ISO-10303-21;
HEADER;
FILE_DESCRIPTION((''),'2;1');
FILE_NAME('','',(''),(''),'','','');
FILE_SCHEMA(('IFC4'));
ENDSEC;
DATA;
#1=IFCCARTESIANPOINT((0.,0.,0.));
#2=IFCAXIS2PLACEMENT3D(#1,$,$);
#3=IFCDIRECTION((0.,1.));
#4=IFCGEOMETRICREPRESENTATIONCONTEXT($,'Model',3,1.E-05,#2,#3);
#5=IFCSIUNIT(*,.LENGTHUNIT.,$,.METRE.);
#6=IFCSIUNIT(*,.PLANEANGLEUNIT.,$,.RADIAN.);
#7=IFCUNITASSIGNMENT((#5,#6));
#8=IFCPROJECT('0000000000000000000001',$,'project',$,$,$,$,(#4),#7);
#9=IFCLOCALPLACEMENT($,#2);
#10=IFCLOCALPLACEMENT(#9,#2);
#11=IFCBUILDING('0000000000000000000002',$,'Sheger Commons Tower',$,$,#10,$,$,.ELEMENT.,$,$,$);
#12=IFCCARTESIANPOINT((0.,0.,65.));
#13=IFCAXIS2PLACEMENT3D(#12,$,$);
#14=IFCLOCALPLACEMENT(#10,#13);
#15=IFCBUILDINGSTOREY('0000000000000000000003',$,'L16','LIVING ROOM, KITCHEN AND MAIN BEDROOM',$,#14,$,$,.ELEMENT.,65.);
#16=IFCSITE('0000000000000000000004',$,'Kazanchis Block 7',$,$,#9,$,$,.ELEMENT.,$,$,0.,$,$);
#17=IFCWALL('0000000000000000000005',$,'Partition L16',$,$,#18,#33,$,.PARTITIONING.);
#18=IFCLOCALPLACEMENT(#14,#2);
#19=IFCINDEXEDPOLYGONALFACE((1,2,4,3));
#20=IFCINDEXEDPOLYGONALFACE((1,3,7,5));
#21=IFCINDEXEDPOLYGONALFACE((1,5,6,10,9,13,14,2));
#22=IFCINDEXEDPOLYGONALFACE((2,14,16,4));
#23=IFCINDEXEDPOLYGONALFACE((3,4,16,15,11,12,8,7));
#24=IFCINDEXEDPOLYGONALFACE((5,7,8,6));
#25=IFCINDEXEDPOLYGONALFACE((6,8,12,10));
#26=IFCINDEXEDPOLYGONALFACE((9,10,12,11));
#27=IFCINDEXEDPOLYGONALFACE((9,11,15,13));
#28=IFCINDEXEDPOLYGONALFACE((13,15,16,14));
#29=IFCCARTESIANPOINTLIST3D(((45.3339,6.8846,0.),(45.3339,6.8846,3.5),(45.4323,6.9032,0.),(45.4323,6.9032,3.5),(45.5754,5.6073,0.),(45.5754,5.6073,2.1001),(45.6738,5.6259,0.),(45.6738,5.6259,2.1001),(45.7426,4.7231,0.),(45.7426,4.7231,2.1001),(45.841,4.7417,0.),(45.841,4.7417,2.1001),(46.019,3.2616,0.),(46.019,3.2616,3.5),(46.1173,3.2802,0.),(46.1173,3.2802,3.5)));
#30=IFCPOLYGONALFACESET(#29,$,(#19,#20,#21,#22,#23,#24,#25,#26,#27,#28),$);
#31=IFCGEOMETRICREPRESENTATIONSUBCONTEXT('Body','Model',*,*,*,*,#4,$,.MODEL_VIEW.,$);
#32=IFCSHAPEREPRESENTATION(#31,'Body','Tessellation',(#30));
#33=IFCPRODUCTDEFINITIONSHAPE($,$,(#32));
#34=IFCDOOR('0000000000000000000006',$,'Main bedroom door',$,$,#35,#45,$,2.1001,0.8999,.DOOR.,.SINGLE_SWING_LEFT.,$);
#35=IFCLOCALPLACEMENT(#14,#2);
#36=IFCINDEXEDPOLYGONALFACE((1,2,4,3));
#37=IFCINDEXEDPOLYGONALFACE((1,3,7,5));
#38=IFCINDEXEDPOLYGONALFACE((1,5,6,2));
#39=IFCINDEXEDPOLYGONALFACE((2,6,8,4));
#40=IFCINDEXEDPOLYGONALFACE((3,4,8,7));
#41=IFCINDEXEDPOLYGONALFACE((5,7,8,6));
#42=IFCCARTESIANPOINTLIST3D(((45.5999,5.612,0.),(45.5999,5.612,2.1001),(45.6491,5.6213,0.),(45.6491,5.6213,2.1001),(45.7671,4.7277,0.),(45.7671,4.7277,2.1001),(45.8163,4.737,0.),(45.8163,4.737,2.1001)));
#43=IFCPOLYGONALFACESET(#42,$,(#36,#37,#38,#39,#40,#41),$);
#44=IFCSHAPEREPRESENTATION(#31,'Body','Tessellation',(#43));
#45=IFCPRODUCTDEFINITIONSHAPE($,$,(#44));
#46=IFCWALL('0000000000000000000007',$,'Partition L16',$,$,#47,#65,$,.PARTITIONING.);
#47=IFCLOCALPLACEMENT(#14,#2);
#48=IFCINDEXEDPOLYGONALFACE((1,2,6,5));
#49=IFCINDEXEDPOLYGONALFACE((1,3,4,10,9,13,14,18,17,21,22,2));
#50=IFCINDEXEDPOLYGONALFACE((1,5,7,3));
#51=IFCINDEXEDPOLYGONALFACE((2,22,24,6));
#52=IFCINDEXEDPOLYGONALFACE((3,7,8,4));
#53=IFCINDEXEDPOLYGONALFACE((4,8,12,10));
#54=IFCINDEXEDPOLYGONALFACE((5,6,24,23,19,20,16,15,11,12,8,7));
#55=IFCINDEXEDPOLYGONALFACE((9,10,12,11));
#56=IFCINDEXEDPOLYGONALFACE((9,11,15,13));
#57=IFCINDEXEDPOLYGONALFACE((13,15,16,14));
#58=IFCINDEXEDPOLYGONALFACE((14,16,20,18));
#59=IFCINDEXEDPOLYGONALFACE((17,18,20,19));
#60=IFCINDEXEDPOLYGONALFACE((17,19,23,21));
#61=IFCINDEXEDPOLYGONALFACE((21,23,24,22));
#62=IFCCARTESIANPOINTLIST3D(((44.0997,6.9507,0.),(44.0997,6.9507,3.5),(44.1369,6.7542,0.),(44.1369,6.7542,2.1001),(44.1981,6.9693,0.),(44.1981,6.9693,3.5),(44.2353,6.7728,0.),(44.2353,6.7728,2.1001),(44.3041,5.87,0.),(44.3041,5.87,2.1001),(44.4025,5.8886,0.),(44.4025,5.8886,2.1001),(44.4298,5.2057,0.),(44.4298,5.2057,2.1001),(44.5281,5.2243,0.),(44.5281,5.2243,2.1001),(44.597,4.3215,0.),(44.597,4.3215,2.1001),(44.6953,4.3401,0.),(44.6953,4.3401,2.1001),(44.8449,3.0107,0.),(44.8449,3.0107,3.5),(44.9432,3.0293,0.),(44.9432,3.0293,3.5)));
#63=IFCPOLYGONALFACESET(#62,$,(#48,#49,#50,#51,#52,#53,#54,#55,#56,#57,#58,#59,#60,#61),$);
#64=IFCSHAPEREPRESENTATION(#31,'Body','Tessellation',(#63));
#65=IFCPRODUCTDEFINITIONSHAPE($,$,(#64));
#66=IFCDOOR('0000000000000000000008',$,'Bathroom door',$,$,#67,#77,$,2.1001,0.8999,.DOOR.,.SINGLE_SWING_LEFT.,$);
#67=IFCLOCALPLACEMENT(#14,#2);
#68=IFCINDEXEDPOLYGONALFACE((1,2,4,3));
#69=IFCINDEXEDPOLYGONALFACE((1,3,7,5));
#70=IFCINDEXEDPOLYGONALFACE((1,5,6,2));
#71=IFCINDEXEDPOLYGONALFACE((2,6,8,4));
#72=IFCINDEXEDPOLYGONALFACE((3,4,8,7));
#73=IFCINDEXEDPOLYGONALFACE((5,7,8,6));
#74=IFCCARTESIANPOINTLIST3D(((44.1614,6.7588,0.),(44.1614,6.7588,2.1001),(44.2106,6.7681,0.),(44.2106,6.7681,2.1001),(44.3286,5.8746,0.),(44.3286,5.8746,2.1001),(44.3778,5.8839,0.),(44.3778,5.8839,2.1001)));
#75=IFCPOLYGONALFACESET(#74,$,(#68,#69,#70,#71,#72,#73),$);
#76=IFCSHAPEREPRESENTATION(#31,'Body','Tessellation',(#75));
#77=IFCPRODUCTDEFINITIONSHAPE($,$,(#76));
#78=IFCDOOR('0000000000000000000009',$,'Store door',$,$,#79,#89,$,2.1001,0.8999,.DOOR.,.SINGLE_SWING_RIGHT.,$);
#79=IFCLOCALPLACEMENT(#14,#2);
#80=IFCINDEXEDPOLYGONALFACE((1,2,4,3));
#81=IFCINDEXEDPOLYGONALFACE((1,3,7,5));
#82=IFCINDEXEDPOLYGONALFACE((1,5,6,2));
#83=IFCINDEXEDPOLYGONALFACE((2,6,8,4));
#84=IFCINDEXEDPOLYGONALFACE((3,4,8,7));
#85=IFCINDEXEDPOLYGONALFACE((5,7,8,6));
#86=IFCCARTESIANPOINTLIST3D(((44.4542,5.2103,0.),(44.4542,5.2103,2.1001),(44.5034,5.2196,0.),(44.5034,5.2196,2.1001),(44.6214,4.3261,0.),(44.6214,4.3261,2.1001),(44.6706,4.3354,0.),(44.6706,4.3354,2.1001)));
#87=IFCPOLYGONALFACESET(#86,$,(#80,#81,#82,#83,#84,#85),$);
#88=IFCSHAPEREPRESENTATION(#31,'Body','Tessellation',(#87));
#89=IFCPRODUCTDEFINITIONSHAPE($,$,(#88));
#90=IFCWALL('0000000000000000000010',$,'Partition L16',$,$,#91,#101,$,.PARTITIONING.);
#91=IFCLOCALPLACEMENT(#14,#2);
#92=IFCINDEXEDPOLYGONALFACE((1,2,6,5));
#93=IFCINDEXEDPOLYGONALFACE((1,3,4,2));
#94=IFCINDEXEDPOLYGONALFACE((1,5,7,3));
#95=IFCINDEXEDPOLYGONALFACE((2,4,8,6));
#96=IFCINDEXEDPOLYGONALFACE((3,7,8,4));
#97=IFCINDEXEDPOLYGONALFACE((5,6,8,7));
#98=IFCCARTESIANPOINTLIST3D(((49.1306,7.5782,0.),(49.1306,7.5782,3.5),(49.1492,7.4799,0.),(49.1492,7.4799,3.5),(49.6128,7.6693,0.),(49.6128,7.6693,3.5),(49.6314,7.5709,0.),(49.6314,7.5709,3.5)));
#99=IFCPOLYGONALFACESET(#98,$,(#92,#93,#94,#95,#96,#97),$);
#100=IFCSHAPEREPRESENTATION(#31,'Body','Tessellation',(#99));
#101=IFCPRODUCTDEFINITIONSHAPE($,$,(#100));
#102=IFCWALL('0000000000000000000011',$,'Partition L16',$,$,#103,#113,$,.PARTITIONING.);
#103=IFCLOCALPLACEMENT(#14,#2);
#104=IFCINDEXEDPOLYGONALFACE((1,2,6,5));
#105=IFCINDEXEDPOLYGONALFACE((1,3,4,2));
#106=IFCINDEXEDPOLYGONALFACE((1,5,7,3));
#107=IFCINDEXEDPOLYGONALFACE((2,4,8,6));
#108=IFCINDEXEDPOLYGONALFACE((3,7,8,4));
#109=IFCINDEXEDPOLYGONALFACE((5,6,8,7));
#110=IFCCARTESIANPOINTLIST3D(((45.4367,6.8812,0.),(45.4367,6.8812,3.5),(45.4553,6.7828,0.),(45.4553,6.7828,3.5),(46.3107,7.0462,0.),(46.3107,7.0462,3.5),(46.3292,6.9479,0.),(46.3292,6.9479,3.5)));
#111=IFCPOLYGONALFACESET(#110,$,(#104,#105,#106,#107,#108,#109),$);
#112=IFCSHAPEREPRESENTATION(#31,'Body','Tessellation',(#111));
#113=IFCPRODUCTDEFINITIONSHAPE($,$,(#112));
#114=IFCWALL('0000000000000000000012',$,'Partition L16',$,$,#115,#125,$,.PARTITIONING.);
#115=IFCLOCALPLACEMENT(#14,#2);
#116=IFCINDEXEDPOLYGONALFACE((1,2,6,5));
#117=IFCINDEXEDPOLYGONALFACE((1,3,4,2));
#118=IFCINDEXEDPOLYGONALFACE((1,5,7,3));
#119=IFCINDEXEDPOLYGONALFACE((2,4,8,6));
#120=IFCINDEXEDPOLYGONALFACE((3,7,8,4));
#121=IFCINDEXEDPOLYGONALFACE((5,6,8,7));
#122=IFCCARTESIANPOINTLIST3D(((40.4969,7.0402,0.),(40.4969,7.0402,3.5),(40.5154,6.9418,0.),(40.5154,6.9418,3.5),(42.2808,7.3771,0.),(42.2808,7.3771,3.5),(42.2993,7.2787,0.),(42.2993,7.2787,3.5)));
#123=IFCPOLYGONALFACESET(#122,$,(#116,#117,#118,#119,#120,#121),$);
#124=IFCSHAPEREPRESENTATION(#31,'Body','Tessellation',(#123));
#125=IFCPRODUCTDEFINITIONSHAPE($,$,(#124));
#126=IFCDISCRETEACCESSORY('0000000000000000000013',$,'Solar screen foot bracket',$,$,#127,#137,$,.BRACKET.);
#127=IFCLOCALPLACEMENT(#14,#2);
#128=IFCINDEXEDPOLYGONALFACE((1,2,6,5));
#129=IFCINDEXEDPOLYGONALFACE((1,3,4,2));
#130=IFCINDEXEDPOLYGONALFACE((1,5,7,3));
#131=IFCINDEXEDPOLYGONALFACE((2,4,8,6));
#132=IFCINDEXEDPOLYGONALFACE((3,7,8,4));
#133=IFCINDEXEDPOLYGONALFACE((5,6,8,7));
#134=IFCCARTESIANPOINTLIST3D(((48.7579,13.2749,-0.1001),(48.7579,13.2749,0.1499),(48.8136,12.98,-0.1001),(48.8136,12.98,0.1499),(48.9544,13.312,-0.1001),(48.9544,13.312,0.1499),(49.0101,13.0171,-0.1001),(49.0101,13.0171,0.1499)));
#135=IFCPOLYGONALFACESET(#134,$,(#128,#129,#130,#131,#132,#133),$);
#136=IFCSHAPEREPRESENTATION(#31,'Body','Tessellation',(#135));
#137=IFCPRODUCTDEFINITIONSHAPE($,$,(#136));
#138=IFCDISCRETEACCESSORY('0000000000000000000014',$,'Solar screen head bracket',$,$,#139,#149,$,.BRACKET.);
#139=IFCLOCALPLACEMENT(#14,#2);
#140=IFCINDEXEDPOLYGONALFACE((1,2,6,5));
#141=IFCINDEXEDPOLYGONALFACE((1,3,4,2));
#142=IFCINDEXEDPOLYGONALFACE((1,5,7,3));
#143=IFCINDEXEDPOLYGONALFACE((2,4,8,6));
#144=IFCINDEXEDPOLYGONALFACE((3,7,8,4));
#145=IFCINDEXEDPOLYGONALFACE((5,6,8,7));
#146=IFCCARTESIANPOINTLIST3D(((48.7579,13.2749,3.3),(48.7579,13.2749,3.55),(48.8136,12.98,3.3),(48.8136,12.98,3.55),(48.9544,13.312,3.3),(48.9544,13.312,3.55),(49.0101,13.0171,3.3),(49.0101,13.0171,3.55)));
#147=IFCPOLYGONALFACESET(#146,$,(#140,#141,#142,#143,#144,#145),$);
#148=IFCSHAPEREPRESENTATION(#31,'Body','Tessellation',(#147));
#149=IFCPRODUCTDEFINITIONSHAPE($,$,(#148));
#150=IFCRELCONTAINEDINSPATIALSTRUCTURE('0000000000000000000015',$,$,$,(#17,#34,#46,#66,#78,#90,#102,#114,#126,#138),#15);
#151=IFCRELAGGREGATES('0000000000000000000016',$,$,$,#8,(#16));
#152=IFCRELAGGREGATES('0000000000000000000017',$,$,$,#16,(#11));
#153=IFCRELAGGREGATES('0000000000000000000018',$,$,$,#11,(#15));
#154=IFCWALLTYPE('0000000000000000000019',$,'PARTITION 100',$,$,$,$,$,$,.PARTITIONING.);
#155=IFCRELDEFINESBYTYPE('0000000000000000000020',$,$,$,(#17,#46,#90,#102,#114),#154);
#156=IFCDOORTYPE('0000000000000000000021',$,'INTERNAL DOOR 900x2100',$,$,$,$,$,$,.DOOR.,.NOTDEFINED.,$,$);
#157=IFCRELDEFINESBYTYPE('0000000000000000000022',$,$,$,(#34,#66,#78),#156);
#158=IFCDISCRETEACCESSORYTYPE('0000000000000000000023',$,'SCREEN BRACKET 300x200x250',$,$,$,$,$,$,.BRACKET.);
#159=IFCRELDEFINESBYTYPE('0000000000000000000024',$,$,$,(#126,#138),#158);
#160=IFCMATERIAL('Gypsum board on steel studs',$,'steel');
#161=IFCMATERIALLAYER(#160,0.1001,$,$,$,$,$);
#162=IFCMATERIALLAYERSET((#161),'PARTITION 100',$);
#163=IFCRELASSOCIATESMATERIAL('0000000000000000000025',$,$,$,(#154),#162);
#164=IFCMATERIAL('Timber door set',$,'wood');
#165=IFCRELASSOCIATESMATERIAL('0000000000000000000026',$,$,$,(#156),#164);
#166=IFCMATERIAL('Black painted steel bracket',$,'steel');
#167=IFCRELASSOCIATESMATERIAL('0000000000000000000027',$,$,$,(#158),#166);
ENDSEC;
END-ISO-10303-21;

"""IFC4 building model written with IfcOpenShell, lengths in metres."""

from ifc_helpers import new_model, si_unit, direction, frame, frame_2d, origin, origin_2d, place, context, subcontext, project, spatial, rectangle, extrude, material, layer, layer_set, type_object, element, fill, save


model = new_model("IFC4")

# Units and contexts
model_context = context("Model", 3, precision=1e-05, world=origin(), true_north=direction((0.0, 1.0)))
body_context = subcontext(model_context, "Body", "Model", "MODEL_VIEW")
ifc_project = project(units=[si_unit("LENGTHUNIT", "METRE"), si_unit("PLANEANGLEUNIT", "RADIAN")], contexts=[model_context])

# Site, building, storey
site_placement = place(None, origin())
site = spatial("IfcSite", under=ifc_project, at=site_placement, Name="Kazanchis Block 7", CompositionType="ELEMENT", RefElevation=0.0)
building_placement = place(site_placement, origin())
building = spatial("IfcBuilding", under=site, at=building_placement, Name="Sheger Commons Tower", CompositionType="ELEMENT")
storey_placement = place(building_placement, frame((0.0, 0.0, 65.0)))
storey = spatial("IfcBuildingStorey", under=building, at=storey_placement, Name="L16", Description="LIVING ROOM, KITCHEN AND MAIN BEDROOM", CompositionType="ELEMENT", Elevation=65.0)

# Wall, opening, door
ifc_material_1 = material(Name="Gypsum board on steel studs", Category="steel")
ifc_layer_1 = layer(ifc_material_1, 0.1001)
ifc_layer_set_1 = layer_set([ifc_layer_1], Name="PARTITION 100")
wall_type_1 = type_object("IfcWallType", Name="PARTITION 100", PredefinedType="PARTITIONING", material=ifc_layer_set_1)
wall_1_placement = place(storey_placement, frame((45.3831, 6.894, 0.0), z_axis=(0.0, 0.0, 1.0), x_axis=(0.185791, -0.982589, 0.0)))
wall_1 = element("IfcWall", 1, at=wall_1_placement, inside=storey, type_object=wall_type_1, Name="Partition L16", PredefinedType="PARTITIONING", context=body_context, shape_type="SweptSolid", body=[
    extrude(rectangle(XDim=3.6873, YDim=0.1001, at=frame_2d((1.8438, 0.0))), origin(), (0.0, 0.0, 1.0), 3.5),
])
opening_1_placement = place(wall_1_placement, frame((1.3, 0.0, 0.0)))
opening_1 = element("IfcOpeningElement", 2, at=opening_1_placement, cuts=wall_1, PredefinedType="OPENING", context=body_context, shape_type="SweptSolid", body=[
    extrude(rectangle(XDim=0.8999, YDim=2.1001, at=frame_2d((0.45, 1.05))), frame((0.0, 0.0601, 0.0), z_axis=(0.0, -1.0, 0.0), x_axis=(1.0, 0.0, 0.0)), (0.0, 0.0, 1.0), 0.1201),
])
ifc_material_2 = material(Name="Timber door set", Category="wood")
door_type_1 = type_object("IfcDoorType", Name="INTERNAL DOOR 900x2100", OperationType="NOTDEFINED", PredefinedType="DOOR", material=ifc_material_2)
door_1_placement = place(opening_1_placement, origin())
door_1 = element("IfcDoor", 3, at=door_1_placement, inside=storey, type_object=door_type_1, Name="Main bedroom door", OperationType="SINGLE_SWING_LEFT", OverallHeight=2.1001, OverallWidth=0.8999, PredefinedType="DOOR", context=body_context, shape_type="SweptSolid", body=[
    extrude(rectangle(XDim=0.8999, YDim=2.1001, at=frame_2d((0.45, 1.05))), frame((0.0, 0.0249, 0.0), z_axis=(0.0, -1.0, 0.0), x_axis=(1.0, 0.0, 0.0)), (0.0, 0.0, 1.0), 0.05),
])
fill(opening_1, door_1)

# Wall, openings, doors
wall_2_placement = place(storey_placement, frame((44.1489, 6.96, 0.0), z_axis=(0.0, 0.0, 1.0), x_axis=(0.185825, -0.982583, 0.0)))
wall_2 = element("IfcWall", 4, at=wall_2_placement, inside=storey, type_object=wall_type_1, Name="Partition L16", PredefinedType="PARTITIONING", context=body_context, shape_type="SweptSolid", body=[
    extrude(rectangle(XDim=4.0098, YDim=0.1001, at=frame_2d((2.0049, 0.0))), origin(), (0.0, 0.0, 1.0), 3.5),
])
opening_2_placement = place(wall_2_placement, frame((0.2, 0.0, 0.0)))
opening_2 = element("IfcOpeningElement", 5, at=opening_2_placement, cuts=wall_2, PredefinedType="OPENING", context=body_context, shape_type="SweptSolid", body=[
    extrude(rectangle(XDim=0.8999, YDim=2.1001, at=frame_2d((0.45, 1.05))), frame((0.0, 0.0601, 0.0), z_axis=(0.0, -1.0, 0.0), x_axis=(1.0, 0.0, 0.0)), (0.0, 0.0, 1.0), 0.1201),
])
opening_3_placement = place(wall_2_placement, frame((1.7759, 0.0, 0.0)))
opening_3 = element("IfcOpeningElement", 6, at=opening_3_placement, cuts=wall_2, PredefinedType="OPENING", context=body_context, shape_type="SweptSolid", body=[
    extrude(rectangle(XDim=0.8999, YDim=2.1001, at=frame_2d((0.45, 1.05))), frame((0.0, 0.0601, 0.0), z_axis=(0.0, -1.0, 0.0), x_axis=(1.0, 0.0, 0.0)), (0.0, 0.0, 1.0), 0.1201),
])
door_2_placement = place(opening_2_placement, origin())
door_2 = element("IfcDoor", 7, at=door_2_placement, inside=storey, type_object=door_type_1, Name="Bathroom door", OperationType="SINGLE_SWING_LEFT", OverallHeight=2.1001, OverallWidth=0.8999, PredefinedType="DOOR", context=body_context, shape_type="SweptSolid", body=[
    extrude(rectangle(XDim=0.8999, YDim=2.1001, at=frame_2d((0.45, 1.05))), frame((0.0, 0.0249, 0.0), z_axis=(0.0, -1.0, 0.0), x_axis=(1.0, 0.0, 0.0)), (0.0, 0.0, 1.0), 0.05),
])
fill(opening_2, door_2)
door_3_placement = place(opening_3_placement, origin())
door_3 = element("IfcDoor", 8, at=door_3_placement, inside=storey, type_object=door_type_1, Name="Store door", OperationType="SINGLE_SWING_RIGHT", OverallHeight=2.1001, OverallWidth=0.8999, PredefinedType="DOOR", context=body_context, shape_type="SweptSolid", body=[
    extrude(rectangle(XDim=0.8999, YDim=2.1001, at=frame_2d((0.45, 1.05))), frame((0.0, 0.0249, 0.0), z_axis=(0.0, -1.0, 0.0), x_axis=(1.0, 0.0, 0.0)), (0.0, 0.0, 1.0), 0.05),
])
fill(opening_3, door_3)

# Walls
wall_3_placement = place(storey_placement, frame((49.6221, 7.6201, 0.0), z_axis=(0.0, 0.0, 1.0), x_axis=(-0.982629, -0.18558, 0.0)))
element("IfcWall", 9, at=wall_3_placement, inside=storey, type_object=wall_type_1, Name="Partition L16", PredefinedType="PARTITIONING", context=body_context, shape_type="SweptSolid", body=[
    extrude(rectangle(XDim=0.4907, YDim=0.1001, at=frame_2d((0.2454, 0.0))), origin(), (0.0, 0.0, 1.0), 3.5),
])
wall_4_placement = place(storey_placement, frame((46.3201, 6.9971, 0.0), z_axis=(0.0, 0.0, 1.0), x_axis=(-0.982635, -0.185548, 0.0)))
element("IfcWall", 10, at=wall_4_placement, inside=storey, type_object=wall_type_1, Name="Partition L16", PredefinedType="PARTITIONING", context=body_context, shape_type="SweptSolid", body=[
    extrude(rectangle(XDim=0.8894, YDim=0.1001, at=frame_2d((0.4448, 0.0))), origin(), (0.0, 0.0, 1.0), 3.5),
])
wall_5_placement = place(storey_placement, frame((42.29, 7.3279, 0.0), z_axis=(0.0, 0.0, 1.0), x_axis=(-0.982629, -0.185579, 0.0)))
element("IfcWall", 11, at=wall_5_placement, inside=storey, type_object=wall_type_1, Name="Partition L16", PredefinedType="PARTITIONING", context=body_context, shape_type="SweptSolid", body=[
    extrude(rectangle(XDim=1.8154, YDim=0.1001, at=frame_2d((0.9077, 0.0))), origin(), (0.0, 0.0, 1.0), 3.5),
])

# Discrete accessories
ifc_material_3 = material(Name="Black painted steel bracket", Category="steel")
discrete_accessory_type = type_object("IfcDiscreteAccessoryType", Name="SCREEN BRACKET 300x200x250", PredefinedType="BRACKET", material=ifc_material_3)
for number, where, z_axis, x_axis, name in (
    (12, (48.884, 13.146, -0.1001), (0.0, 0.0, 1.0), (-0.185615, 0.982623, 0.0), "Solar screen foot bracket"),
    (13, (48.884, 13.146, 3.3), (0.0, 0.0, 1.0), (-0.185615, 0.982623, 0.0), "Solar screen head bracket"),
):
    element("IfcDiscreteAccessory", number, at=place(storey_placement, frame(where, z_axis=z_axis, x_axis=x_axis)), inside=storey, type_object=discrete_accessory_type, Name=name, PredefinedType="BRACKET", context=body_context, shape_type="SweptSolid", body=[
        extrude(rectangle(XDim=0.3, YDim=0.2, at=origin_2d()), origin(), (0.0, 0.0, 1.0), 0.25),
    ])

save(model, "model.ifc")
